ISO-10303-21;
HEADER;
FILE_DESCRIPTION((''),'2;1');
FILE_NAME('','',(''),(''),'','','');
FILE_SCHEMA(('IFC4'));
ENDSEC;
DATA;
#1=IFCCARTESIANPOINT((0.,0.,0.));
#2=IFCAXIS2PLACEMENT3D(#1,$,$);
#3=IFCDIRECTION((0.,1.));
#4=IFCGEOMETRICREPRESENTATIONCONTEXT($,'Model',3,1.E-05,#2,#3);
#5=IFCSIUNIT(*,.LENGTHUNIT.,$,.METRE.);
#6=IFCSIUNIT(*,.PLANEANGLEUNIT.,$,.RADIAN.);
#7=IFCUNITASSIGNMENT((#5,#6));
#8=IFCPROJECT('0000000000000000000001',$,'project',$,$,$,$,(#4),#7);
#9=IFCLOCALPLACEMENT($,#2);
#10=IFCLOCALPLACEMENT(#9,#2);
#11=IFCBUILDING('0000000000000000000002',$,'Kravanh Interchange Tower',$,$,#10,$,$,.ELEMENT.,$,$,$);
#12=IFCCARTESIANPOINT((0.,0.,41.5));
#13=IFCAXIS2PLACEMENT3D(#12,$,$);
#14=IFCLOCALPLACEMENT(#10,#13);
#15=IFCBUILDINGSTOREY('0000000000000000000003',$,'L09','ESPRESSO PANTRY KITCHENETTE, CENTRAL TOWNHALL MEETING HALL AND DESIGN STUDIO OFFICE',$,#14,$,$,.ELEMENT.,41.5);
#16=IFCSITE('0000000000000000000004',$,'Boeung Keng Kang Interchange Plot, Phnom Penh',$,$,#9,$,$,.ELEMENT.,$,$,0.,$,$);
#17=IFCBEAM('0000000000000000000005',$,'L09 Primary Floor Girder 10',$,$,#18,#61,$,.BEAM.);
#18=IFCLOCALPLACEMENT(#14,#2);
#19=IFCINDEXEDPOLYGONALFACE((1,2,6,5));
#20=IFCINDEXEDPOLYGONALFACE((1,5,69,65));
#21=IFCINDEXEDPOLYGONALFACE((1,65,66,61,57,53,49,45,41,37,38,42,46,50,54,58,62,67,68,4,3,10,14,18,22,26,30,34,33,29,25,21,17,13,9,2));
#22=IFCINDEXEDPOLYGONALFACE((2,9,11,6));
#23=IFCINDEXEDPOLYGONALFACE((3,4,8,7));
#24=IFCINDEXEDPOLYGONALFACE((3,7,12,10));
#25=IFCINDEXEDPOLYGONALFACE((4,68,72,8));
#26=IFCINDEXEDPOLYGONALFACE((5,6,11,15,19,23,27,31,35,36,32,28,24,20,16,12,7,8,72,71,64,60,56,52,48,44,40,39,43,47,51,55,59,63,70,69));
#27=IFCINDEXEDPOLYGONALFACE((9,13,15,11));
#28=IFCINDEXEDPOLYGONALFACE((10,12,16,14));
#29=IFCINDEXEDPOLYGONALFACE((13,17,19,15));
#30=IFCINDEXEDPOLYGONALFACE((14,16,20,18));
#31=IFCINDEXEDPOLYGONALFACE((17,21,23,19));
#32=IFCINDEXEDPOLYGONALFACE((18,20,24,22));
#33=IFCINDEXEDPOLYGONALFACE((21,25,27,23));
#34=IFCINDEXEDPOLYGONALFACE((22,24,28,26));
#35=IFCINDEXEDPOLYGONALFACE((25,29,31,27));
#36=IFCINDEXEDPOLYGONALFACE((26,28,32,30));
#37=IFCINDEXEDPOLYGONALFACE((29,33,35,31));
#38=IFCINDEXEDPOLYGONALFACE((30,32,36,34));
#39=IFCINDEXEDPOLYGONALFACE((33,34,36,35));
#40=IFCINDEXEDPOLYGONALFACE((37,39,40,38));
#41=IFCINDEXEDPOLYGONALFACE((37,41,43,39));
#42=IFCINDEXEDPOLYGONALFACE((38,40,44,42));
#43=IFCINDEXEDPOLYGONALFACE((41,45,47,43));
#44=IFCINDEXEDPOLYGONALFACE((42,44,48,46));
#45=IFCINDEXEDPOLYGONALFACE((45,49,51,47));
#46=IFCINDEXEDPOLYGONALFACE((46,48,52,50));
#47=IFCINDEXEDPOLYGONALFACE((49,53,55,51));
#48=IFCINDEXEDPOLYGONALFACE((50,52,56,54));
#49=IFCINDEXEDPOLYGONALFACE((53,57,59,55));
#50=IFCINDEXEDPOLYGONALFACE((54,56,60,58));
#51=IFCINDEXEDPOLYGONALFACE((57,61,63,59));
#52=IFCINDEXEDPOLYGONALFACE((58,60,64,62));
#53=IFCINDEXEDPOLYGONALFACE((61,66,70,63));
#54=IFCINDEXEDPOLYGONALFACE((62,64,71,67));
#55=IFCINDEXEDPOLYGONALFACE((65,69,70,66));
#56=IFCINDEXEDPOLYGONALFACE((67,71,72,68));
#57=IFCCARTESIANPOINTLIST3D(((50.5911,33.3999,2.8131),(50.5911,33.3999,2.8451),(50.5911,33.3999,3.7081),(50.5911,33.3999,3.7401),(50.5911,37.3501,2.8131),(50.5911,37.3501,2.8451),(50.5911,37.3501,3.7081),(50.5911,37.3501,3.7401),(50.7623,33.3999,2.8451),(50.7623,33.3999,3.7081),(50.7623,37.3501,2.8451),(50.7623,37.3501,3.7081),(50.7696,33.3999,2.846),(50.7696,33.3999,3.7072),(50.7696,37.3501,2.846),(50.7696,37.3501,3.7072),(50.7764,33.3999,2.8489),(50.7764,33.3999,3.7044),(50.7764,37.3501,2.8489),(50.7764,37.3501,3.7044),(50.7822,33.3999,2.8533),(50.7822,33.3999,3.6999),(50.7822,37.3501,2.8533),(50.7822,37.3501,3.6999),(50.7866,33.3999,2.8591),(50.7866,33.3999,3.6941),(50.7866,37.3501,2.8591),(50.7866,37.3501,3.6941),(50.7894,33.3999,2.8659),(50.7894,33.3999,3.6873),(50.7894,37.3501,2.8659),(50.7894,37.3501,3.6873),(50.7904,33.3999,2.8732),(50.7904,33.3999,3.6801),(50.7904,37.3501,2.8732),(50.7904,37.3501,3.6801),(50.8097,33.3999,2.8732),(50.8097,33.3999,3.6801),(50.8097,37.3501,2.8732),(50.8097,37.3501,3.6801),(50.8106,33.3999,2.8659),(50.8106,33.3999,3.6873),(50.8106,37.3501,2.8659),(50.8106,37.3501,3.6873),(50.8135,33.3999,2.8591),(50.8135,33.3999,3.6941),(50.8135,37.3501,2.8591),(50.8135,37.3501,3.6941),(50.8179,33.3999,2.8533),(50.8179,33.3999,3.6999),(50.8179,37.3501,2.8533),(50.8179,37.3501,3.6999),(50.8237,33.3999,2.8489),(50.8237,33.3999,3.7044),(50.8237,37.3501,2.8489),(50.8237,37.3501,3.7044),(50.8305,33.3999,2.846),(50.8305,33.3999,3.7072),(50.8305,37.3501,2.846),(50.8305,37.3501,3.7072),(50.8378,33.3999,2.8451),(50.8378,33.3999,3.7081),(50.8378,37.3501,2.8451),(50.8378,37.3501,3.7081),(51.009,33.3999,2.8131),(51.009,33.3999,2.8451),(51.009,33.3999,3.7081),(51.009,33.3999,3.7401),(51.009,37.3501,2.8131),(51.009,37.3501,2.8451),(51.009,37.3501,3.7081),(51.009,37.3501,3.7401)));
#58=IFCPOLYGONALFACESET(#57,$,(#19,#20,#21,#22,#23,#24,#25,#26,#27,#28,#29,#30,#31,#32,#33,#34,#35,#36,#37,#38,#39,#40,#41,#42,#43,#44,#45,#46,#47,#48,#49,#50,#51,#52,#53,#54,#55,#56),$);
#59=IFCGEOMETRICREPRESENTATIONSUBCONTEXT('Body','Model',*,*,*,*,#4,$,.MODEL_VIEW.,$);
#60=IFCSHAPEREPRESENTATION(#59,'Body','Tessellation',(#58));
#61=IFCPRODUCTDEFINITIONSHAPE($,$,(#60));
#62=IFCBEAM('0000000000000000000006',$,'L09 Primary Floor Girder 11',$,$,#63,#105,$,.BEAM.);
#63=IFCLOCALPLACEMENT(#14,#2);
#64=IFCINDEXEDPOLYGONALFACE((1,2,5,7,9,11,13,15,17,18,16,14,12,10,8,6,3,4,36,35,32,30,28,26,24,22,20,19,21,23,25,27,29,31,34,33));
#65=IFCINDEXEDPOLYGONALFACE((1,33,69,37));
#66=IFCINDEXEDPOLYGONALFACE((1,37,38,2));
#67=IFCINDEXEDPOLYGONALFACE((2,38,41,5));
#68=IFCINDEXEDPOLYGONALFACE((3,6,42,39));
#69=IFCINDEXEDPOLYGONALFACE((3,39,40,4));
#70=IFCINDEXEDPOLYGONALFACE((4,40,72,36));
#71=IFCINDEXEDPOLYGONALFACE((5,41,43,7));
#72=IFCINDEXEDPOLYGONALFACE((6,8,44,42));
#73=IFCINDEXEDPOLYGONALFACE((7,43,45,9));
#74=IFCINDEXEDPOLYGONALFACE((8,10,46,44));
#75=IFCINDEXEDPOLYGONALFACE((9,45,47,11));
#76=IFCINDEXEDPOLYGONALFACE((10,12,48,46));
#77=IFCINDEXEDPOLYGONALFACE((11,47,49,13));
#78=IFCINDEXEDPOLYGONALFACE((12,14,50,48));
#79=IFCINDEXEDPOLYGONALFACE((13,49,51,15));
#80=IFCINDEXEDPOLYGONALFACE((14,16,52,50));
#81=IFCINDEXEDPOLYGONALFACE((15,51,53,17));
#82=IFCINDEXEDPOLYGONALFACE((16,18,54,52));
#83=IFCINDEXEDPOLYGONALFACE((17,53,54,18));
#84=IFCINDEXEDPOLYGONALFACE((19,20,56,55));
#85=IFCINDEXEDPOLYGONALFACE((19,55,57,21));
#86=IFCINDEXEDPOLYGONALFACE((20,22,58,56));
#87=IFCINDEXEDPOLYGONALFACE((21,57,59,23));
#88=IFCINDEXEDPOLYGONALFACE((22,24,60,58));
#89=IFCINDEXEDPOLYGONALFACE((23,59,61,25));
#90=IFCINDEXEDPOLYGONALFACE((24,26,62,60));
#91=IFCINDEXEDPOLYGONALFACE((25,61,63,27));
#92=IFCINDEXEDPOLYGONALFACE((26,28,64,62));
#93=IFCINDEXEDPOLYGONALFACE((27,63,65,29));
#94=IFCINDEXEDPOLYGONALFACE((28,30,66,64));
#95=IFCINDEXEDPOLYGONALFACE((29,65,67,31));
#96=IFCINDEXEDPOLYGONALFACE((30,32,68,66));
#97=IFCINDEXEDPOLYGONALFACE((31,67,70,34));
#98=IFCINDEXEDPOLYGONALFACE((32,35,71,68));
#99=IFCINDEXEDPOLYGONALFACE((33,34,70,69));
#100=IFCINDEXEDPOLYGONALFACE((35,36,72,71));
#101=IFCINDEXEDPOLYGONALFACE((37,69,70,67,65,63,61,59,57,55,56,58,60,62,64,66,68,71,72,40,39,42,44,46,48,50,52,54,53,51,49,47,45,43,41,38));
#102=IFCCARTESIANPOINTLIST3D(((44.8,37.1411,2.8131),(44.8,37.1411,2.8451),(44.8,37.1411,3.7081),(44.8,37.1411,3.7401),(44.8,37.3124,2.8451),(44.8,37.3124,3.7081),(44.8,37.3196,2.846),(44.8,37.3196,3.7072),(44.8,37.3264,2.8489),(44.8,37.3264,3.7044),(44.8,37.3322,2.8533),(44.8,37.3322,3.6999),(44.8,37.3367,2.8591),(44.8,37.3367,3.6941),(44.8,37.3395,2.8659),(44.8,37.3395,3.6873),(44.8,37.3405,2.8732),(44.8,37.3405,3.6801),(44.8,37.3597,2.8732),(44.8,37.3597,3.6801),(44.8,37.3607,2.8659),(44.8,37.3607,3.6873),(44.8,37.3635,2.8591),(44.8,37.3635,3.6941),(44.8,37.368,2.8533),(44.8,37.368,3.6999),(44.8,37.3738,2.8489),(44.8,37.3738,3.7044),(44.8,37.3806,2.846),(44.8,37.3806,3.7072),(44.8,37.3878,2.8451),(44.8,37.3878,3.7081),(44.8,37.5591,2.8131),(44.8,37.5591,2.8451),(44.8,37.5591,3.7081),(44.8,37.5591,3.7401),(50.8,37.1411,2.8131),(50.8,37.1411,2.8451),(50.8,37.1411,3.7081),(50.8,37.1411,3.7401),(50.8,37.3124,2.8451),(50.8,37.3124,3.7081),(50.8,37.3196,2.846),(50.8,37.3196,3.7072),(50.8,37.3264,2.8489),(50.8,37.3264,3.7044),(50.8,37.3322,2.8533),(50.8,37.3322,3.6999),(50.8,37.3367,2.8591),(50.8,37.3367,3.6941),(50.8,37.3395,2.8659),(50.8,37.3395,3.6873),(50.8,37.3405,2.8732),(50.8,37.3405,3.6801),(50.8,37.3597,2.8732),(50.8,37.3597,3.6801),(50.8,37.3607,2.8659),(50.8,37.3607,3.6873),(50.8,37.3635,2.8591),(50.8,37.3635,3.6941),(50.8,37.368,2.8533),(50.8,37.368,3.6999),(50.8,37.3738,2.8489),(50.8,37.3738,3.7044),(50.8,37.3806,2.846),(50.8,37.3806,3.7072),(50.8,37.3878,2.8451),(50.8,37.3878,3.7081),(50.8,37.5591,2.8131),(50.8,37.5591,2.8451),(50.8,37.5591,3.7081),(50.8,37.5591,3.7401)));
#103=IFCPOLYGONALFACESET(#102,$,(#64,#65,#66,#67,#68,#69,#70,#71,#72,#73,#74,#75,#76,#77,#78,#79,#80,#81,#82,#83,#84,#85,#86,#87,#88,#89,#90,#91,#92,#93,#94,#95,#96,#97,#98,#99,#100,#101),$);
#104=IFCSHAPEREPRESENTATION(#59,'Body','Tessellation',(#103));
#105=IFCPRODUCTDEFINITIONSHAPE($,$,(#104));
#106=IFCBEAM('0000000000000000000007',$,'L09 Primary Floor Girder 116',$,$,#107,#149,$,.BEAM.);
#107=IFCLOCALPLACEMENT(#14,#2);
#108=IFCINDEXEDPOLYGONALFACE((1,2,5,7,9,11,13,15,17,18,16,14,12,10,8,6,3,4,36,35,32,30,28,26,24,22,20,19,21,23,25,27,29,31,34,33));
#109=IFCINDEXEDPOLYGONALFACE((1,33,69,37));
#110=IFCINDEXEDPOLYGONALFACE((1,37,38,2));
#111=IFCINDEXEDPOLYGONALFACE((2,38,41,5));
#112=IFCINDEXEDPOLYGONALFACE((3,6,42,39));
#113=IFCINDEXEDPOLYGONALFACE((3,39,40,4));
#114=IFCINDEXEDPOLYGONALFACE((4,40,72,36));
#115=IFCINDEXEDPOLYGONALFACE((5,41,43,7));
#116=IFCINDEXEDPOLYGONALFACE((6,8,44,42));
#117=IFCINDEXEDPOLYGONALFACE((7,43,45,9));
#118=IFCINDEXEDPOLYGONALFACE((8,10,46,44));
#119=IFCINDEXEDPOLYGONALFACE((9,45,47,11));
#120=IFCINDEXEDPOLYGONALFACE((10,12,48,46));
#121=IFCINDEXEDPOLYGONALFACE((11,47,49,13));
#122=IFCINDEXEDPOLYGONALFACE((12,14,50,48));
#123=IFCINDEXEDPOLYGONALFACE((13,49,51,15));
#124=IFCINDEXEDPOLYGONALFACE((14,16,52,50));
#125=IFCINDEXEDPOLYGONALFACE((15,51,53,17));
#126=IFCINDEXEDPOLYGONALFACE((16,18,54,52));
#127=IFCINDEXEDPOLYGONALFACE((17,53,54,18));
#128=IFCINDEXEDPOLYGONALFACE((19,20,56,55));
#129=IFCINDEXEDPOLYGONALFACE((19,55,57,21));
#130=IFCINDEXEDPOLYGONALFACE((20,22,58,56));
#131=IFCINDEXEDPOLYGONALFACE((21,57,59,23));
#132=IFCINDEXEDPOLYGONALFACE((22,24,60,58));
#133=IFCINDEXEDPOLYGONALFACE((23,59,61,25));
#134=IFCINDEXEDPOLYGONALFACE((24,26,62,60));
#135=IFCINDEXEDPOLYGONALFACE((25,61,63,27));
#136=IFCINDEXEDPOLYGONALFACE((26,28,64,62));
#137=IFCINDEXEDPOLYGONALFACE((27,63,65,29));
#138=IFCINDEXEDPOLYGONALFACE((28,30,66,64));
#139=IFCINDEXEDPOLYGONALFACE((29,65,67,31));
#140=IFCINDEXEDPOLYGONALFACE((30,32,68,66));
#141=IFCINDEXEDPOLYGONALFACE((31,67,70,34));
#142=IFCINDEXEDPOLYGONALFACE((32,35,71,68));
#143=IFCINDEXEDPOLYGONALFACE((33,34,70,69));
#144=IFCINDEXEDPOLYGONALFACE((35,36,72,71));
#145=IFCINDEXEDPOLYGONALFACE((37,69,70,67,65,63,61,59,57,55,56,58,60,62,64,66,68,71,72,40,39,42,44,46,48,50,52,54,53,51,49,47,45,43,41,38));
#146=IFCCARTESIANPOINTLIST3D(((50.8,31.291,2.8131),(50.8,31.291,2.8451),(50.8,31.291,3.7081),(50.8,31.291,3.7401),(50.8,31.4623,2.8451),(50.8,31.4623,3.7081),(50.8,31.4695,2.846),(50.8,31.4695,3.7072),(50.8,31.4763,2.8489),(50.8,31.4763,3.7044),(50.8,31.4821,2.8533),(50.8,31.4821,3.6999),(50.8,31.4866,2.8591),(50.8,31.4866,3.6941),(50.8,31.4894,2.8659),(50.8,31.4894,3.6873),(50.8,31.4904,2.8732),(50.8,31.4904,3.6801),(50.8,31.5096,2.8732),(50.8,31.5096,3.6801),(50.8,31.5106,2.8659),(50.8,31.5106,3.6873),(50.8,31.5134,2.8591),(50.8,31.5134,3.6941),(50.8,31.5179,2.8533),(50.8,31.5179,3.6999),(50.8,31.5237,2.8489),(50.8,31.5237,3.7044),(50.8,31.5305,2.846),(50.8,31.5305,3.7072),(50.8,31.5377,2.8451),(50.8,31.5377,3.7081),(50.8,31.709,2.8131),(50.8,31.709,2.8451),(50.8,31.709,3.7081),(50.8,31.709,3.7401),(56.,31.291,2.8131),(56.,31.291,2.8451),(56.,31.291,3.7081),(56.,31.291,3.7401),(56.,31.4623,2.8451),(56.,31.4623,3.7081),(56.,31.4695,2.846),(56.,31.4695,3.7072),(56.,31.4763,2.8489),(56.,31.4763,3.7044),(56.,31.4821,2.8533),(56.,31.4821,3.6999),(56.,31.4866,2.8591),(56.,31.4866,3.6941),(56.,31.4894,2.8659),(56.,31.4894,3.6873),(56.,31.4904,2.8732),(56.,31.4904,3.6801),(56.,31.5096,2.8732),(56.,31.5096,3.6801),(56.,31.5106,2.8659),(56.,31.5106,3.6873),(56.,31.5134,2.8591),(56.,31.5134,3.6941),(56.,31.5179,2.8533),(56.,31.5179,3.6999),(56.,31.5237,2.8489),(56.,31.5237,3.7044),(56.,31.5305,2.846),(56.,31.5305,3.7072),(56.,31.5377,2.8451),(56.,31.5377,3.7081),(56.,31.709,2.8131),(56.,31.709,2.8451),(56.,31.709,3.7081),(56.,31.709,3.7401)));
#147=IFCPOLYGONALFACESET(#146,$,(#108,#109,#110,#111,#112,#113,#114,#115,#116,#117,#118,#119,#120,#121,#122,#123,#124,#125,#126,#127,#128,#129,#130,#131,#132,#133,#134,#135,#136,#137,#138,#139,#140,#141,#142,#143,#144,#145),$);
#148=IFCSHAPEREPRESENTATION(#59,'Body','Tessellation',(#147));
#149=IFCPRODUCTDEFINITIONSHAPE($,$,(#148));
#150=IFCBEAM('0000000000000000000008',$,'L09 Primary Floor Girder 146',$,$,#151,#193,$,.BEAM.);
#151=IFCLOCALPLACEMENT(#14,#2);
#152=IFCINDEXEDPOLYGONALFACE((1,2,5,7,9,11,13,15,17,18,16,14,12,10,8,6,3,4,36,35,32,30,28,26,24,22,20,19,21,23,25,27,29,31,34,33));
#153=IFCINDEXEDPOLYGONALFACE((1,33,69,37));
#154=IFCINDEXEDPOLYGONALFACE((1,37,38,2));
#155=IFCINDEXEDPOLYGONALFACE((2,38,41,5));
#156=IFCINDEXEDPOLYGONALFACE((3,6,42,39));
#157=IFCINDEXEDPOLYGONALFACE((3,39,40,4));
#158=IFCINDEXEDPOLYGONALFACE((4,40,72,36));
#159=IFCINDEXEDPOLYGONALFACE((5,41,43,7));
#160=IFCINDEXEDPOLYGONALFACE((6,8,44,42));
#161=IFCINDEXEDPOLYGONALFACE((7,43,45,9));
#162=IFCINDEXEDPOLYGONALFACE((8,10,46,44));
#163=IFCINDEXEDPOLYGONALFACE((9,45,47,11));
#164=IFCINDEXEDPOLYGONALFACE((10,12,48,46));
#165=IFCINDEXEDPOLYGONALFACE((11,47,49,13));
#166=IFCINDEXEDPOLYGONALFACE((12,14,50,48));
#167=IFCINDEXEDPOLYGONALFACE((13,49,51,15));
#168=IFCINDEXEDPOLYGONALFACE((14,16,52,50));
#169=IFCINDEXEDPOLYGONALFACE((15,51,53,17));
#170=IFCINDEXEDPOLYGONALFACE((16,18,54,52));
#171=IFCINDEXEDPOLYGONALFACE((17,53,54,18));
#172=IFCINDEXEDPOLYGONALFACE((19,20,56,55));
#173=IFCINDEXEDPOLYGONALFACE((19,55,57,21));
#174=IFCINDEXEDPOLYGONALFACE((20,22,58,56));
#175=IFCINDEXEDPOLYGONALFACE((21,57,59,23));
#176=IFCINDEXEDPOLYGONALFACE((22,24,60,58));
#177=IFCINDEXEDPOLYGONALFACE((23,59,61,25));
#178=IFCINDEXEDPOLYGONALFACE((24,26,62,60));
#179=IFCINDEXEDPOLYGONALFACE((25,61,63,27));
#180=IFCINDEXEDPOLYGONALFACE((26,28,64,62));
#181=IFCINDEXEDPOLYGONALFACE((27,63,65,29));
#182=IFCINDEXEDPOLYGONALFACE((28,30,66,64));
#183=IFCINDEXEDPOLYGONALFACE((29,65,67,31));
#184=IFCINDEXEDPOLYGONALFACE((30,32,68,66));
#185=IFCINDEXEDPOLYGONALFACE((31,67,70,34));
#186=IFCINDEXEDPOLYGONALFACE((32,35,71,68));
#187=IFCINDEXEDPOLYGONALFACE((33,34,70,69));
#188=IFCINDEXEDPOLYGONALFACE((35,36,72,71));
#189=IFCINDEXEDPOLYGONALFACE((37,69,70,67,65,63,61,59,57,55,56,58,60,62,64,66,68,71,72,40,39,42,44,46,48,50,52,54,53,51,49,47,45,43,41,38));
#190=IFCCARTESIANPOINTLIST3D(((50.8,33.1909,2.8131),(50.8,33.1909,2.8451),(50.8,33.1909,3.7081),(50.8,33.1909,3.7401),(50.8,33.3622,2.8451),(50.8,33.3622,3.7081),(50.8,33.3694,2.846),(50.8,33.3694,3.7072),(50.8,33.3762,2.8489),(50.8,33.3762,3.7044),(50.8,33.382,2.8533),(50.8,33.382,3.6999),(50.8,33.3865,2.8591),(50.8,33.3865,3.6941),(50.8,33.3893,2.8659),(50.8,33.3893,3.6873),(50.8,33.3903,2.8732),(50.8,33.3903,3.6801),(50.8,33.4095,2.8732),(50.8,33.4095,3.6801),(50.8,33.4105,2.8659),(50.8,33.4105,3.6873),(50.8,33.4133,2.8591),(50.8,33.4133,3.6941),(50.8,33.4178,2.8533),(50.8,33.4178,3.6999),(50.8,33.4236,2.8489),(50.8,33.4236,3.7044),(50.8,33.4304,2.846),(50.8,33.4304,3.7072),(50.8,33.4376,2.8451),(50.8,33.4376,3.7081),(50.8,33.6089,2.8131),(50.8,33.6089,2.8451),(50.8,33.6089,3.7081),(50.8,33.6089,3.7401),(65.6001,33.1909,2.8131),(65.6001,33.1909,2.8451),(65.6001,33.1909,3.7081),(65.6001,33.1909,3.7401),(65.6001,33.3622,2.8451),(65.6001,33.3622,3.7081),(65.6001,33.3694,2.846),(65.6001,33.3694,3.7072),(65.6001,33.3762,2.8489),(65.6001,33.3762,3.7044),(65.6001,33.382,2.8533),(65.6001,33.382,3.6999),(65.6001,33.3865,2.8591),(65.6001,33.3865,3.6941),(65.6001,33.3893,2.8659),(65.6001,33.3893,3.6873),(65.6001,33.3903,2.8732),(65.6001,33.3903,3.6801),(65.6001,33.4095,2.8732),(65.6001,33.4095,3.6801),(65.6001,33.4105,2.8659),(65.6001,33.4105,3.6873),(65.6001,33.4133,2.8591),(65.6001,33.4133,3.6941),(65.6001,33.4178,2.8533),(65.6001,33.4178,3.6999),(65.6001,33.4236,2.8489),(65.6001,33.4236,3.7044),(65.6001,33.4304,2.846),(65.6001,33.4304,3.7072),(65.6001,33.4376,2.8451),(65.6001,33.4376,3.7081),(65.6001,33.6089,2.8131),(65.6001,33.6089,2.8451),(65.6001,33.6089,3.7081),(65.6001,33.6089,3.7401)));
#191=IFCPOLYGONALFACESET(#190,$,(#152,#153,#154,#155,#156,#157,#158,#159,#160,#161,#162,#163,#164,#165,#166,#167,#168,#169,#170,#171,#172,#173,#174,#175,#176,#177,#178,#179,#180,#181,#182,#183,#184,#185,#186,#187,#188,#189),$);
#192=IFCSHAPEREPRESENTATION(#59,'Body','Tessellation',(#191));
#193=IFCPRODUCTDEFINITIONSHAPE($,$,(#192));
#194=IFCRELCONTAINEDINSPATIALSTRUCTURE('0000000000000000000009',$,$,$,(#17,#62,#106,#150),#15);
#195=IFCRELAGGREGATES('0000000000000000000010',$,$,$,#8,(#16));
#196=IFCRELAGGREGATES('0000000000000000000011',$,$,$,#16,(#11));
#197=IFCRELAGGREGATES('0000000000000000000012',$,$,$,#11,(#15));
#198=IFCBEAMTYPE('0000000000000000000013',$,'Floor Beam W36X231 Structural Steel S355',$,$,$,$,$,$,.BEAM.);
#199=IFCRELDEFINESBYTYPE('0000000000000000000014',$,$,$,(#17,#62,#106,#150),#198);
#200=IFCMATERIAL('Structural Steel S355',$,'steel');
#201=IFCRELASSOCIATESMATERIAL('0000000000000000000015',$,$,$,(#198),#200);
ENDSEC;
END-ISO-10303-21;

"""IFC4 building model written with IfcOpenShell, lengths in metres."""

from ifc_helpers import new_model, si_unit, direction, frame, origin, origin_2d, place, context, subcontext, project, spatial, i_section, extrude, material, material_profile, profile_set, type_object, element, save


model = new_model("IFC4")

# Units and contexts
model_context = context("Model", 3, precision=1e-05, world=origin(), true_north=direction((0.0, 1.0)))
body_context = subcontext(model_context, "Body", "Model", "MODEL_VIEW")
ifc_project = project(units=[si_unit("LENGTHUNIT", "METRE"), si_unit("PLANEANGLEUNIT", "RADIAN")], contexts=[model_context])

# Site, building, storey
site_placement = place(None, origin())
site = spatial("IfcSite", under=ifc_project, at=site_placement, Name="Boeung Keng Kang Interchange Plot, Phnom Penh", CompositionType="ELEMENT", RefElevation=0.0)
building_placement = place(site_placement, origin())
building = spatial("IfcBuilding", under=site, at=building_placement, Name="Kravanh Interchange Tower", CompositionType="ELEMENT")
storey_placement = place(building_placement, frame((0.0, 0.0, 41.5)))
storey = spatial("IfcBuildingStorey", under=building, at=storey_placement, Name="L09", Description="ESPRESSO PANTRY KITCHENETTE, CENTRAL TOWNHALL MEETING HALL AND DESIGN STUDIO OFFICE", CompositionType="ELEMENT", Elevation=41.5)

# Beams
ifc_material_1 = material(Name="Structural Steel S355", Category="steel")
ifc_material_profile_1 = material_profile(ifc_material_1, i_section(OverallWidth=0.418, OverallDepth=0.927, WebThickness=0.0193, FlangeThickness=0.032, FilletRadius=0.0281, at=origin_2d()), Name="W36X231")
ifc_profile_set_1 = profile_set([ifc_material_profile_1], Name="Structural Steel S355")
beam_type_1 = type_object("IfcBeamType", Name="Floor Beam W36X231 Structural Steel S355", PredefinedType="BEAM", material=ifc_profile_set_1)
beam_1_placement = place(storey_placement, frame((50.8, 37.3501, 3.2766), z_axis=(0.0, -1.0, 0.0), x_axis=(1.0, 0.0, 0.0)))
element("IfcBeam", 1, at=beam_1_placement, inside=storey, type_object=beam_type_1, Name="L09 Primary Floor Girder 10", PredefinedType="BEAM", context=body_context, shape_type="SweptSolid", body=[
    extrude(i_section(OverallWidth=0.418, OverallDepth=0.927, WebThickness=0.0193, FlangeThickness=0.032, FilletRadius=0.0281, at=origin_2d()), origin(), (0.0, 0.0, 1.0), 3.9502),
])
beam_2_placement = place(storey_placement, frame((50.8, 37.3501, 3.2766), z_axis=(-1.0, 0.0, 0.0), x_axis=(0.0, -1.0, 0.0)))
element("IfcBeam", 2, at=beam_2_placement, inside=storey, type_object=beam_type_1, Name="L09 Primary Floor Girder 11", PredefinedType="BEAM", context=body_context, shape_type="SweptSolid", body=[
    extrude(i_section(OverallWidth=0.418, OverallDepth=0.927, WebThickness=0.0193, FlangeThickness=0.032, FilletRadius=0.0281, at=origin_2d()), origin(), (0.0, 0.0, 1.0), 6.0),
])
beam_3_placement = place(storey_placement, frame((50.8, 31.5, 3.2766), z_axis=(1.0, 0.0, 0.0), x_axis=(0.0, 1.0, 0.0)))
element("IfcBeam", 3, at=beam_3_placement, inside=storey, type_object=beam_type_1, Name="L09 Primary Floor Girder 116", PredefinedType="BEAM", context=body_context, shape_type="SweptSolid", body=[
    extrude(i_section(OverallWidth=0.418, OverallDepth=0.927, WebThickness=0.0193, FlangeThickness=0.032, FilletRadius=0.0281, at=origin_2d()), origin(), (0.0, 0.0, 1.0), 5.2),
])
beam_4_placement = place(storey_placement, frame((50.8, 33.3999, 3.2766), z_axis=(1.0, 0.0, 0.0), x_axis=(0.0, 1.0, 0.0)))
element("IfcBeam", 4, at=beam_4_placement, inside=storey, type_object=beam_type_1, Name="L09 Primary Floor Girder 146", PredefinedType="BEAM", context=body_context, shape_type="SweptSolid", body=[
    extrude(i_section(OverallWidth=0.418, OverallDepth=0.927, WebThickness=0.0193, FlangeThickness=0.032, FilletRadius=0.0281, at=origin_2d()), origin(), (0.0, 0.0, 1.0), 14.8),
])

save(model, "model.ifc")
